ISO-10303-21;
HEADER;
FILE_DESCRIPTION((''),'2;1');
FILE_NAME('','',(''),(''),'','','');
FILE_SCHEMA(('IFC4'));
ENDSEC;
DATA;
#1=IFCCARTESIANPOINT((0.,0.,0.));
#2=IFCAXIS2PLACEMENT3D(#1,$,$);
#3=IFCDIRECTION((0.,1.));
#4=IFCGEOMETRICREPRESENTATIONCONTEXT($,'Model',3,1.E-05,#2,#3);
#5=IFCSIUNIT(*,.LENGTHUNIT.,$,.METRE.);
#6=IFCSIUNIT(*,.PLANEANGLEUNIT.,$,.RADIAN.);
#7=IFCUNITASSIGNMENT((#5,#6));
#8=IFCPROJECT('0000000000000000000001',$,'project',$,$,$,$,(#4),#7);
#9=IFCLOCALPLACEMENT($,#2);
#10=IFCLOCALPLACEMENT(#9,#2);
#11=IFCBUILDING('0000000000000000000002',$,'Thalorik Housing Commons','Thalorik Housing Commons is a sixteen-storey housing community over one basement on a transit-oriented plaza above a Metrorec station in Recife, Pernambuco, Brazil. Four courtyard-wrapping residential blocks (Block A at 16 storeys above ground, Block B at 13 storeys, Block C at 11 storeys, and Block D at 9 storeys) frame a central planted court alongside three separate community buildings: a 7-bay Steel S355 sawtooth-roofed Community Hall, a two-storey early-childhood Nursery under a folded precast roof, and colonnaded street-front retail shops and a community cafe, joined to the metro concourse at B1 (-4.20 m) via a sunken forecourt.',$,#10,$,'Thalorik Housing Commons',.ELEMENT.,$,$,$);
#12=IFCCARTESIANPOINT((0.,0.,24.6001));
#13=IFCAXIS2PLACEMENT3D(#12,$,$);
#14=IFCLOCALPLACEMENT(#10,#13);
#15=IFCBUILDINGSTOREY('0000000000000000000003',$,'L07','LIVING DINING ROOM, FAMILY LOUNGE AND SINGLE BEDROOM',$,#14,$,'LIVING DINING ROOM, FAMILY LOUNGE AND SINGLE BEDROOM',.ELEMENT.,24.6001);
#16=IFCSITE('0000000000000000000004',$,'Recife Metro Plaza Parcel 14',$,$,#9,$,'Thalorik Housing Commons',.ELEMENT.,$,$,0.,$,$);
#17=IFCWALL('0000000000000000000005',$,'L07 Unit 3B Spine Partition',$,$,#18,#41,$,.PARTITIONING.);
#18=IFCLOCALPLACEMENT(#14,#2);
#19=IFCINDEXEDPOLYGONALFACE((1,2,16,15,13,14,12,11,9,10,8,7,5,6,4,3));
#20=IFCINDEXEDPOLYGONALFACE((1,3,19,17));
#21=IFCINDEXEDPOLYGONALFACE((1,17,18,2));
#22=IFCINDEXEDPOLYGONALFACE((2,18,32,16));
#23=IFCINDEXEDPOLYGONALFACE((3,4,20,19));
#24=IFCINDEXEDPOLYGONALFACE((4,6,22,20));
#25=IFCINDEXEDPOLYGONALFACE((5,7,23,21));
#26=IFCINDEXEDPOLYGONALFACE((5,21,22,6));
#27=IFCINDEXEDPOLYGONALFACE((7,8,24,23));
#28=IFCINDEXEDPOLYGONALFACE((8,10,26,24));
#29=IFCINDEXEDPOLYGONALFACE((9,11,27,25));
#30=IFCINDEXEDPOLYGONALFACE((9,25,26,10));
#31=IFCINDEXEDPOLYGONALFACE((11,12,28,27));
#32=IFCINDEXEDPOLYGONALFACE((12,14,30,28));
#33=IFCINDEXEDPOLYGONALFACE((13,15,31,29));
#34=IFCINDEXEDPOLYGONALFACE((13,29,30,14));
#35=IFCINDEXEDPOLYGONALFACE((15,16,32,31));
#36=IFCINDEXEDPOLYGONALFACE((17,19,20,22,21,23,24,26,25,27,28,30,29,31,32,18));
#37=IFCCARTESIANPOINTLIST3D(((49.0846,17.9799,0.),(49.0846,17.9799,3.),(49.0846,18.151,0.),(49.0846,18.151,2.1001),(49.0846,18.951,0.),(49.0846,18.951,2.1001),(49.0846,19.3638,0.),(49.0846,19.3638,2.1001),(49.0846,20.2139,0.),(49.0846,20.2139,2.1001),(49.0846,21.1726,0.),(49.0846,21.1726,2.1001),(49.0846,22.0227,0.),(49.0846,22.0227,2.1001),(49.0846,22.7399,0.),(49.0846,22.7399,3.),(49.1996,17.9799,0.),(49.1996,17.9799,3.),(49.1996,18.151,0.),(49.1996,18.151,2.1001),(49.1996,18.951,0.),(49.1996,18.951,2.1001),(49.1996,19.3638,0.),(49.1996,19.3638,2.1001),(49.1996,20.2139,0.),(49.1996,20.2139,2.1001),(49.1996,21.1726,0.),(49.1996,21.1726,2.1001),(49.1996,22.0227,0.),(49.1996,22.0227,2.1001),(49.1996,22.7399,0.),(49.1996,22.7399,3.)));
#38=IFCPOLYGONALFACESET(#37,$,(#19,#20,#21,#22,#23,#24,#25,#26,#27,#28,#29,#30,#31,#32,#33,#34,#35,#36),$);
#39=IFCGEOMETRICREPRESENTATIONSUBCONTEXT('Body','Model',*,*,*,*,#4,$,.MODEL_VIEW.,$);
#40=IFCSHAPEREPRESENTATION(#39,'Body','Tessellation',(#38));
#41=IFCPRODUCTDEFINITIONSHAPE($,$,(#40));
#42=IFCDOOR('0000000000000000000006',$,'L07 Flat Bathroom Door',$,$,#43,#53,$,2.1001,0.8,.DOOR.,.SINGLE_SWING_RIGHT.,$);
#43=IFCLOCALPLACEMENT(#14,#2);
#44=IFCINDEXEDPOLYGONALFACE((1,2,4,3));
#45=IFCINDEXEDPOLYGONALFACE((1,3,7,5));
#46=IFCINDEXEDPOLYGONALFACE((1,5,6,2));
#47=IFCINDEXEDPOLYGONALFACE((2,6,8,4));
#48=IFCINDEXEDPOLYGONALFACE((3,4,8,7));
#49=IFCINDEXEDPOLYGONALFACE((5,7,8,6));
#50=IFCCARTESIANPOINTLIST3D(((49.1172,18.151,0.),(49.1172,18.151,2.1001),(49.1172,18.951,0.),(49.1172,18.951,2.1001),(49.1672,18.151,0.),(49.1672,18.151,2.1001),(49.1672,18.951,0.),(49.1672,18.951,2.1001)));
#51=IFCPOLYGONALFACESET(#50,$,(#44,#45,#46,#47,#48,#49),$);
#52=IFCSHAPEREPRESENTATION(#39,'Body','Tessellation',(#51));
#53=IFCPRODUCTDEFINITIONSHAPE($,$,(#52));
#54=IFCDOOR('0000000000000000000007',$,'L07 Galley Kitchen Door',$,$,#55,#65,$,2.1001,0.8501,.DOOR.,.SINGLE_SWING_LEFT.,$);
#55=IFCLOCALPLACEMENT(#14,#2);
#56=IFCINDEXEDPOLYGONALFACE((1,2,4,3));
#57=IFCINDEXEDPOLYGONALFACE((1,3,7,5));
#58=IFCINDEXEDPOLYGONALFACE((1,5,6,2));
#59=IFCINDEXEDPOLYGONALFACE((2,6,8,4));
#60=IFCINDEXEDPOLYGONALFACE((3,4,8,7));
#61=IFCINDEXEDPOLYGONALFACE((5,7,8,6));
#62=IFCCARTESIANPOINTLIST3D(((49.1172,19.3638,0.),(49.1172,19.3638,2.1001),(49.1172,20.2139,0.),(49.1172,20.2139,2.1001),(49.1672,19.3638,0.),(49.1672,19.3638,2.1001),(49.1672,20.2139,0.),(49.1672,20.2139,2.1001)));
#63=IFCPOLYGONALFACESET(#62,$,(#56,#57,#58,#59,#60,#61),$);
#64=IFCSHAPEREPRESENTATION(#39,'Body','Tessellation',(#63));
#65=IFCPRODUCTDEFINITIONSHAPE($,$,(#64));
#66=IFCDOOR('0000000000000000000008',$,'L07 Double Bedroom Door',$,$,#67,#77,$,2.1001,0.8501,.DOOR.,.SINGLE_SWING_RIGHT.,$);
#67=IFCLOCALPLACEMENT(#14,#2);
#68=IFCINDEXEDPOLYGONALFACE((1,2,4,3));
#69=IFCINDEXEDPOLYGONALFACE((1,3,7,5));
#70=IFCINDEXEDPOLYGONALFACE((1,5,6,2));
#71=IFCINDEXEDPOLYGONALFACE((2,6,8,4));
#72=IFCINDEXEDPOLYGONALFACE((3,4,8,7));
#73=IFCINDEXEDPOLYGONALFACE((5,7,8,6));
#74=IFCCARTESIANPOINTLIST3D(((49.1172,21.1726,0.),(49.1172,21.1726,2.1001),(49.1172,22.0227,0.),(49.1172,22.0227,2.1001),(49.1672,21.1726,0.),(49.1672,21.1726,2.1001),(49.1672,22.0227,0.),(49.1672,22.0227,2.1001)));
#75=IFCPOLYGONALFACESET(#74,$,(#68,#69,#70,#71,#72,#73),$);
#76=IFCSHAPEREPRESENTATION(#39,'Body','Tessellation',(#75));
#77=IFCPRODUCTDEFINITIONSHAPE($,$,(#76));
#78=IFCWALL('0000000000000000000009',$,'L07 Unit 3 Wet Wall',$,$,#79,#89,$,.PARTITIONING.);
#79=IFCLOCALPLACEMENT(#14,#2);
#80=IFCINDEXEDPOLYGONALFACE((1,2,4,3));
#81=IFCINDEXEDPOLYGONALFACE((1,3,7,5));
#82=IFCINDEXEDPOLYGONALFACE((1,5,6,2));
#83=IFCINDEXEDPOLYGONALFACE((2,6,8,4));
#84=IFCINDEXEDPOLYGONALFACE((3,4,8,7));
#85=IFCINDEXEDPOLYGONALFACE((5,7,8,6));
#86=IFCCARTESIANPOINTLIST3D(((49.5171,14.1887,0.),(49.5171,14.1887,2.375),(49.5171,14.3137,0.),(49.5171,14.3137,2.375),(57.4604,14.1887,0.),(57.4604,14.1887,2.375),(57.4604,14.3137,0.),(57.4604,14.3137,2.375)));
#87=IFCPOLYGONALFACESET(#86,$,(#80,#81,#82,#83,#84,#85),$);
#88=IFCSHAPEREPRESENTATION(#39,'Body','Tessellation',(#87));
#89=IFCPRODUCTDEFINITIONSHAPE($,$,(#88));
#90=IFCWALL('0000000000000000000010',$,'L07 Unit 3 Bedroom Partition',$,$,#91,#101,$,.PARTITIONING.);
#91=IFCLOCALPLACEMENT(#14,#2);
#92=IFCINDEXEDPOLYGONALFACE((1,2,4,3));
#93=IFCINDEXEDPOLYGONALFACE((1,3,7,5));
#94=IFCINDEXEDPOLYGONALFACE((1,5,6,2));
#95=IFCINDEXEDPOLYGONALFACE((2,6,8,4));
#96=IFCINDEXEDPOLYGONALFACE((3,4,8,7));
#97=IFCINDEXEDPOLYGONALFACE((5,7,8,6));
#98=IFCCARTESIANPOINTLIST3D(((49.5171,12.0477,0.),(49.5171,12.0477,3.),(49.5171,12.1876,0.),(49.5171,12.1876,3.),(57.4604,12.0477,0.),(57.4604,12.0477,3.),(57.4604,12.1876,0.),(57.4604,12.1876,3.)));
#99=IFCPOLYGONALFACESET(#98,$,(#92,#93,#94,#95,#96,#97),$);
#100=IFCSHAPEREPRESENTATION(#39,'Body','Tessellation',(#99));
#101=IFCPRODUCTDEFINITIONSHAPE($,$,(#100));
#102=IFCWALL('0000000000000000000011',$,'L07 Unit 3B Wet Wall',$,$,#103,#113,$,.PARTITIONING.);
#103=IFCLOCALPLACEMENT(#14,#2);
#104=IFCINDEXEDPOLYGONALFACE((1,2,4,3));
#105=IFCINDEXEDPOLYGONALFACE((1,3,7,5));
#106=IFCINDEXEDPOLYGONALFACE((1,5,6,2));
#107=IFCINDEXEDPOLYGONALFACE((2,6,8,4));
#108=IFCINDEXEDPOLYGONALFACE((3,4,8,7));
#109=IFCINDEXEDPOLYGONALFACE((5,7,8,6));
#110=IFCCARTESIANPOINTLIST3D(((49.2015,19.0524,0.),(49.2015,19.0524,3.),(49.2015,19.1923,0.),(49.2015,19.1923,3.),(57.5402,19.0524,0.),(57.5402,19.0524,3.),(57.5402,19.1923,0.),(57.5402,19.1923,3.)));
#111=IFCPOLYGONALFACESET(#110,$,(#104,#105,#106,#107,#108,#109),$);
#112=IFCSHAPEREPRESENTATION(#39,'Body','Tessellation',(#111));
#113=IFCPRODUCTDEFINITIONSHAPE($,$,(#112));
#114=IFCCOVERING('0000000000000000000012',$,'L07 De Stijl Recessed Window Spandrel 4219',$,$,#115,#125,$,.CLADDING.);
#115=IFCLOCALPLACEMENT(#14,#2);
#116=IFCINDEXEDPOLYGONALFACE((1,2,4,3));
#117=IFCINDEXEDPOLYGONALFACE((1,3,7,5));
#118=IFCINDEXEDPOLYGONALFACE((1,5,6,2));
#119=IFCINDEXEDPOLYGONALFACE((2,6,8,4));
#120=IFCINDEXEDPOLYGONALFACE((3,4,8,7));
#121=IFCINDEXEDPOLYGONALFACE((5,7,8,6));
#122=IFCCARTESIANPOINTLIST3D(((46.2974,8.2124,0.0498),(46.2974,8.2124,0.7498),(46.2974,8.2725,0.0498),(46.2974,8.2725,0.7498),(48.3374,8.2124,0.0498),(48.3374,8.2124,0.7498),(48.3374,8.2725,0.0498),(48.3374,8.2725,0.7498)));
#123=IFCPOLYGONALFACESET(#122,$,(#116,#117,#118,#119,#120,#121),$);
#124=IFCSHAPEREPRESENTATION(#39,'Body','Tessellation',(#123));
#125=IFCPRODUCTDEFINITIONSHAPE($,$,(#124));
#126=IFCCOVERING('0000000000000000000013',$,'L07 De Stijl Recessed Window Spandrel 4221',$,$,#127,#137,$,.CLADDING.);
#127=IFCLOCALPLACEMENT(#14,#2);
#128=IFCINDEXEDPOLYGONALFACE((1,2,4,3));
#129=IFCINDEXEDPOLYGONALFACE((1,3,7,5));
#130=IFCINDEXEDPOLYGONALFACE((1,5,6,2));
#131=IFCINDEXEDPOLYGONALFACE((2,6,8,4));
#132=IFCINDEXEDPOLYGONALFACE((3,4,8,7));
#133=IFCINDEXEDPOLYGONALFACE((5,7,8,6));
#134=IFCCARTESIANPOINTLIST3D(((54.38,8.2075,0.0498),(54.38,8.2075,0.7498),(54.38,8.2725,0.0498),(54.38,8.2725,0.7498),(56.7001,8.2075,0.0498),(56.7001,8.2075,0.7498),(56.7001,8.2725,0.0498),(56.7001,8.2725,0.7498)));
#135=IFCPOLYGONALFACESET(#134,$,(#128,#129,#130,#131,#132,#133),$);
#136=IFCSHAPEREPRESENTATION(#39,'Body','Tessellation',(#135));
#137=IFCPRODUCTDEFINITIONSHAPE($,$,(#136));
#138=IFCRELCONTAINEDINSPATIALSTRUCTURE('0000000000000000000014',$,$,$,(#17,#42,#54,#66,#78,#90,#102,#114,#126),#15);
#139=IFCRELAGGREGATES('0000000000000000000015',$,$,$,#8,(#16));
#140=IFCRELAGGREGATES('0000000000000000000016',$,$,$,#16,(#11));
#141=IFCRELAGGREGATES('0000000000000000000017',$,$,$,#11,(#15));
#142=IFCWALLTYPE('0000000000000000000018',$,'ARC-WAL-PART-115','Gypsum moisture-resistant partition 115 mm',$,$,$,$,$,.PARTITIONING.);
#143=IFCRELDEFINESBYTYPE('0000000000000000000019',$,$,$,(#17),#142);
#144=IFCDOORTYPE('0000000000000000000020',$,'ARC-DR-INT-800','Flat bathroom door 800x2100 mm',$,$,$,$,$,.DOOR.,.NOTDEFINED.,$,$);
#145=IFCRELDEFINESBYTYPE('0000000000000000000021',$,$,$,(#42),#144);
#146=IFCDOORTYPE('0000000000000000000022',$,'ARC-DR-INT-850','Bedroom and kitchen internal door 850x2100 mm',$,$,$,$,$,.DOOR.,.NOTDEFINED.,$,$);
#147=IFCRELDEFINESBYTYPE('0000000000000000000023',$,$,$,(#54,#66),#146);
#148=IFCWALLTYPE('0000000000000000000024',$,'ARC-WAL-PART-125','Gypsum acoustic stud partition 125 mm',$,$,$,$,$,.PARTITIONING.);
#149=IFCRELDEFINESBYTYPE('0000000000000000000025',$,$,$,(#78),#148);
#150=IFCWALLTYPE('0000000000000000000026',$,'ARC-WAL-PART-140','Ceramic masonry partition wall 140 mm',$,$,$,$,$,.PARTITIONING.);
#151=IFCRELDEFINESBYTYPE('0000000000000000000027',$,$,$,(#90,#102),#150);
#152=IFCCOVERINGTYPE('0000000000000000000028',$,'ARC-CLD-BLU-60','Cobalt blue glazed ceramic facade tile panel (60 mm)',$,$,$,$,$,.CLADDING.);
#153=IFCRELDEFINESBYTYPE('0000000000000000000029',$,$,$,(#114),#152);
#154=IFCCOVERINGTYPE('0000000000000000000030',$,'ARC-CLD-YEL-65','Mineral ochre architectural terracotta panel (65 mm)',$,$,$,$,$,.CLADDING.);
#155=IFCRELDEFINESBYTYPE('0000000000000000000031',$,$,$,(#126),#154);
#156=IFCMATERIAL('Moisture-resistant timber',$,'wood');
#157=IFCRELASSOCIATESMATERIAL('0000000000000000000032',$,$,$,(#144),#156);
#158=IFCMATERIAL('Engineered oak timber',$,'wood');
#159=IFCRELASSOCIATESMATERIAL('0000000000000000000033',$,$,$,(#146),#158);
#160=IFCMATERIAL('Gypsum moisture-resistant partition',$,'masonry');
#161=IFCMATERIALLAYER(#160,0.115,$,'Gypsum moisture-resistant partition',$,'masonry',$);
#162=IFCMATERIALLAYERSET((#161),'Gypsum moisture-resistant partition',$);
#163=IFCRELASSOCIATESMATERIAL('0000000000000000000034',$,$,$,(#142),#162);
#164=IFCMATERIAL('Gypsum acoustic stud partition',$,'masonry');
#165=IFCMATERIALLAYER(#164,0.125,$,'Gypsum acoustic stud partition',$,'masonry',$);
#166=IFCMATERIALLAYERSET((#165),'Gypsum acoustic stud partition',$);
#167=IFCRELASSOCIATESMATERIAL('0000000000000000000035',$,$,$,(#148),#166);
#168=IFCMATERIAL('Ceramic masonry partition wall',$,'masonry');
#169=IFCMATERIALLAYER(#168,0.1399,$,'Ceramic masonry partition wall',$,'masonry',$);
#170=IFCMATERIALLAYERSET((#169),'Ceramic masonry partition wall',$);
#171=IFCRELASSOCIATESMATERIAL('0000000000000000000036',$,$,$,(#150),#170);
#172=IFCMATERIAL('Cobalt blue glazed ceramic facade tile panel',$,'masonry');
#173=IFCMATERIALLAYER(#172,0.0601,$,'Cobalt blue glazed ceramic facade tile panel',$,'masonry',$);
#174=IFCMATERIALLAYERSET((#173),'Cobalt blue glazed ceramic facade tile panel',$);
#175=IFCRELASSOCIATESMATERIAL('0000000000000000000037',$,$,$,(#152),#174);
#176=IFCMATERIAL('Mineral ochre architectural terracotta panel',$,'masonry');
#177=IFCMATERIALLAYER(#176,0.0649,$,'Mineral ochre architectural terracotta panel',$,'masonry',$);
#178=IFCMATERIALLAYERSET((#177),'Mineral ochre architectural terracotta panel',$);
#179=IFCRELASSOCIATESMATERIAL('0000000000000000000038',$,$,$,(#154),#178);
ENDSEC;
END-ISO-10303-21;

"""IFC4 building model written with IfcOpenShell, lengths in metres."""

from ifc_helpers import new_model, si_unit, direction, frame, frame_2d, origin, origin_2d, place, context, subcontext, project, spatial, rectangle, extrude, material, layer, layer_set, type_object, element, fill, save


model = new_model("IFC4")

# Units and contexts
model_context = context("Model", 3, precision=1e-05, world=origin(), true_north=direction((0.0, 1.0)))
body_context = subcontext(model_context, "Body", "Model", "MODEL_VIEW")
ifc_project = project(units=[si_unit("LENGTHUNIT", "METRE"), si_unit("PLANEANGLEUNIT", "RADIAN")], contexts=[model_context])

# Site, building, storey
site_placement = place(None, origin())
site = spatial("IfcSite", under=ifc_project, at=site_placement, Name="Recife Metro Plaza Parcel 14", LongName="Thalorik Housing Commons", CompositionType="ELEMENT", RefElevation=0.0)
building_placement = place(site_placement, origin())
building = spatial("IfcBuilding", under=site, at=building_placement, Name="Thalorik Housing Commons", Description="Thalorik Housing Commons is a sixteen-storey housing community over one basement on a transit-oriented plaza above a Metrorec station in Recife, Pernambuco, Brazil. Four courtyard-wrapping residential blocks (Block A at 16 storeys above ground, Block B at 13 storeys, Block C at 11 storeys, and Block D at 9 storeys) frame a central planted court alongside three separate community buildings: a 7-bay Steel S355 sawtooth-roofed Community Hall, a two-storey early-childhood Nursery under a folded precast roof, and colonnaded street-front retail shops and a community cafe, joined to the metro concourse at B1 (-4.20 m) via a sunken forecourt.", LongName="Thalorik Housing Commons", CompositionType="ELEMENT")
storey_placement = place(building_placement, frame((0.0, 0.0, 24.6001)))
storey = spatial("IfcBuildingStorey", under=building, at=storey_placement, Name="L07", Description="LIVING DINING ROOM, FAMILY LOUNGE AND SINGLE BEDROOM", LongName="LIVING DINING ROOM, FAMILY LOUNGE AND SINGLE BEDROOM", CompositionType="ELEMENT", Elevation=24.6001)

# Shared definitions
ifc_material_1 = material(Name="Moisture-resistant timber", Category="wood")
door_type_1 = type_object("IfcDoorType", Name="ARC-DR-INT-800", Description="Flat bathroom door 800x2100 mm", OperationType="NOTDEFINED", PredefinedType="DOOR", material=ifc_material_1)
ifc_material_2 = material(Name="Engineered oak timber", Category="wood")
door_type_2 = type_object("IfcDoorType", Name="ARC-DR-INT-850", Description="Bedroom and kitchen internal door 850x2100 mm", OperationType="NOTDEFINED", PredefinedType="DOOR", material=ifc_material_2)

# Wall, openings, doors
ifc_material_3 = material(Name="Gypsum moisture-resistant partition", Category="masonry")
ifc_layer_1 = layer(ifc_material_3, 0.115, Name="Gypsum moisture-resistant partition", Category="masonry")
ifc_layer_set_1 = layer_set([ifc_layer_1], Name="Gypsum moisture-resistant partition")
wall_type_1 = type_object("IfcWallType", Name="ARC-WAL-PART-115", Description="Gypsum moisture-resistant partition 115 mm", PredefinedType="PARTITIONING", material=ifc_layer_set_1)
wall_1_placement = place(storey_placement, frame((49.1421, 17.98, 0.0), z_axis=(0.0, 0.0, 1.0), x_axis=(0.0, 1.0, 0.0)))
wall_1 = element("IfcWall", 1, at=wall_1_placement, inside=storey, type_object=wall_type_1, Name="L07 Unit 3B Spine Partition", PredefinedType="PARTITIONING", context=body_context, shape_type="SweptSolid", body=[
    extrude(rectangle(XDim=4.76, YDim=0.115, at=frame_2d((2.3799, 0.0))), origin(), (0.0, 0.0, 1.0), 3.0),
])
opening_1_placement = place(wall_1_placement, frame((0.1711, 0.0, 0.0)))
opening_1 = element("IfcOpeningElement", 2, at=opening_1_placement, cuts=wall_1, PredefinedType="OPENING", context=body_context, shape_type="SweptSolid", body=[
    extrude(rectangle(XDim=0.8, YDim=2.1001, at=frame_2d((0.3999, 1.05))), frame((0.0, 0.0674, 0.0), z_axis=(0.0, -1.0, 0.0), x_axis=(1.0, 0.0, 0.0)), (0.0, 0.0, 1.0), 0.135),
])
opening_2_placement = place(wall_1_placement, frame((1.3838, 0.0, 0.0)))
opening_2 = element("IfcOpeningElement", 3, at=opening_2_placement, cuts=wall_1, PredefinedType="OPENING", context=body_context, shape_type="SweptSolid", body=[
    extrude(rectangle(XDim=0.8501, YDim=2.1001, at=frame_2d((0.425, 1.05))), frame((0.0, 0.0674, 0.0), z_axis=(0.0, -1.0, 0.0), x_axis=(1.0, 0.0, 0.0)), (0.0, 0.0, 1.0), 0.135),
])
opening_3_placement = place(wall_1_placement, frame((3.1926, 0.0, 0.0)))
opening_3 = element("IfcOpeningElement", 4, at=opening_3_placement, cuts=wall_1, PredefinedType="OPENING", context=body_context, shape_type="SweptSolid", body=[
    extrude(rectangle(XDim=0.8501, YDim=2.1001, at=frame_2d((0.425, 1.05))), frame((0.0, 0.0674, 0.0), z_axis=(0.0, -1.0, 0.0), x_axis=(1.0, 0.0, 0.0)), (0.0, 0.0, 1.0), 0.135),
])
door_1_placement = place(opening_1_placement, origin())
door_1 = element("IfcDoor", 5, at=door_1_placement, inside=storey, type_object=door_type_1, Name="L07 Flat Bathroom Door", OperationType="SINGLE_SWING_RIGHT", OverallHeight=2.1001, OverallWidth=0.8, PredefinedType="DOOR", context=body_context, shape_type="SweptSolid", body=[
    extrude(rectangle(XDim=0.8, YDim=2.1001, at=frame_2d((0.3999, 1.05))), frame((0.0, 0.0249, 0.0), z_axis=(0.0, -1.0, 0.0), x_axis=(1.0, 0.0, 0.0)), (0.0, 0.0, 1.0), 0.05),
])
fill(opening_1, door_1)
door_2_placement = place(opening_2_placement, origin())
door_2 = element("IfcDoor", 6, at=door_2_placement, inside=storey, type_object=door_type_2, Name="L07 Galley Kitchen Door", OperationType="SINGLE_SWING_LEFT", OverallHeight=2.1001, OverallWidth=0.8501, PredefinedType="DOOR", context=body_context, shape_type="SweptSolid", body=[
    extrude(rectangle(XDim=0.8501, YDim=2.1001, at=frame_2d((0.425, 1.05))), frame((0.0, 0.0249, 0.0), z_axis=(0.0, -1.0, 0.0), x_axis=(1.0, 0.0, 0.0)), (0.0, 0.0, 1.0), 0.05),
])
fill(opening_2, door_2)
door_3_placement = place(opening_3_placement, origin())
door_3 = element("IfcDoor", 7, at=door_3_placement, inside=storey, type_object=door_type_2, Name="L07 Double Bedroom Door", OperationType="SINGLE_SWING_RIGHT", OverallHeight=2.1001, OverallWidth=0.8501, PredefinedType="DOOR", context=body_context, shape_type="SweptSolid", body=[
    extrude(rectangle(XDim=0.8501, YDim=2.1001, at=frame_2d((0.425, 1.05))), frame((0.0, 0.0249, 0.0), z_axis=(0.0, -1.0, 0.0), x_axis=(1.0, 0.0, 0.0)), (0.0, 0.0, 1.0), 0.05),
])
fill(opening_3, door_3)

# Walls
ifc_material_4 = material(Name="Gypsum acoustic stud partition", Category="masonry")
ifc_layer_2 = layer(ifc_material_4, 0.125, Name="Gypsum acoustic stud partition", Category="masonry")
ifc_layer_set_2 = layer_set([ifc_layer_2], Name="Gypsum acoustic stud partition")
wall_type_2 = type_object("IfcWallType", Name="ARC-WAL-PART-125", Description="Gypsum acoustic stud partition 125 mm", PredefinedType="PARTITIONING", material=ifc_layer_set_2)
wall_2_placement = place(storey_placement, frame((49.5171, 14.2512, 0.0), z_axis=(0.0, 0.0, 1.0), x_axis=(1.0, 0.0, 0.0)))
element("IfcWall", 8, at=wall_2_placement, inside=storey, type_object=wall_type_2, Name="L07 Unit 3 Wet Wall", PredefinedType="PARTITIONING", context=body_context, shape_type="SweptSolid", body=[
    extrude(rectangle(XDim=7.9434, YDim=0.125, at=frame_2d((3.9717, 0.0))), origin(), (0.0, 0.0, 1.0), 2.375),
])
ifc_material_5 = material(Name="Ceramic masonry partition wall", Category="masonry")
ifc_layer_3 = layer(ifc_material_5, 0.1399, Name="Ceramic masonry partition wall", Category="masonry")
ifc_layer_set_3 = layer_set([ifc_layer_3], Name="Ceramic masonry partition wall")
wall_type_3 = type_object("IfcWallType", Name="ARC-WAL-PART-140", Description="Ceramic masonry partition wall 140 mm", PredefinedType="PARTITIONING", material=ifc_layer_set_3)
wall_3_placement = place(storey_placement, frame((49.5171, 12.1177, 0.0), z_axis=(0.0, 0.0, 1.0), x_axis=(1.0, 0.0, 0.0)))
element("IfcWall", 9, at=wall_3_placement, inside=storey, type_object=wall_type_3, Name="L07 Unit 3 Bedroom Partition", PredefinedType="PARTITIONING", context=body_context, shape_type="SweptSolid", body=[
    extrude(rectangle(XDim=7.9434, YDim=0.1399, at=frame_2d((3.9717, 0.0))), origin(), (0.0, 0.0, 1.0), 3.0),
])
wall_4_placement = place(storey_placement, frame((49.2014, 19.1223, 0.0), z_axis=(0.0, 0.0, 1.0), x_axis=(1.0, 0.0, 0.0)))
element("IfcWall", 10, at=wall_4_placement, inside=storey, type_object=wall_type_3, Name="L07 Unit 3B Wet Wall", PredefinedType="PARTITIONING", context=body_context, shape_type="SweptSolid", body=[
    extrude(rectangle(XDim=8.3386, YDim=0.1399, at=frame_2d((4.1694, 0.0))), origin(), (0.0, 0.0, 1.0), 3.0),
])

# Coverings
ifc_material_6 = material(Name="Cobalt blue glazed ceramic facade tile panel", Category="masonry")
ifc_layer_4 = layer(ifc_material_6, 0.0601, Name="Cobalt blue glazed ceramic facade tile panel", Category="masonry")
ifc_layer_set_4 = layer_set([ifc_layer_4], Name="Cobalt blue glazed ceramic facade tile panel")
covering_type_1 = type_object("IfcCoveringType", Name="ARC-CLD-BLU-60", Description="Cobalt blue glazed ceramic facade tile panel (60 mm)", PredefinedType="CLADDING", material=ifc_layer_set_4)
covering_1_placement = place(storey_placement, frame((47.3174, 8.2424, 0.0498), z_axis=(0.0, 0.0, 1.0), x_axis=(1.0, 0.0, 0.0)))
element("IfcCovering", 11, at=covering_1_placement, inside=storey, type_object=covering_type_1, Name="L07 De Stijl Recessed Window Spandrel 4219", PredefinedType="CLADDING", context=body_context, shape_type="SweptSolid", body=[
    extrude(rectangle(XDim=2.04, YDim=0.0601, at=origin_2d()), origin(), (0.0, 0.0, 1.0), 0.7),
])
ifc_material_7 = material(Name="Mineral ochre architectural terracotta panel", Category="masonry")
ifc_layer_5 = layer(ifc_material_7, 0.0649, Name="Mineral ochre architectural terracotta panel", Category="masonry")
ifc_layer_set_5 = layer_set([ifc_layer_5], Name="Mineral ochre architectural terracotta panel")
covering_type_2 = type_object("IfcCoveringType", Name="ARC-CLD-YEL-65", Description="Mineral ochre architectural terracotta panel (65 mm)", PredefinedType="CLADDING", material=ifc_layer_set_5)
covering_2_placement = place(storey_placement, frame((55.54, 8.24, 0.0498), z_axis=(0.0, 0.0, 1.0), x_axis=(1.0, 0.0, 0.0)))
element("IfcCovering", 12, at=covering_2_placement, inside=storey, type_object=covering_type_2, Name="L07 De Stijl Recessed Window Spandrel 4221", PredefinedType="CLADDING", context=body_context, shape_type="SweptSolid", body=[
    extrude(rectangle(XDim=2.3201, YDim=0.0649, at=origin_2d()), origin(), (0.0, 0.0, 1.0), 0.7),
])

save(model, "model.ifc")
